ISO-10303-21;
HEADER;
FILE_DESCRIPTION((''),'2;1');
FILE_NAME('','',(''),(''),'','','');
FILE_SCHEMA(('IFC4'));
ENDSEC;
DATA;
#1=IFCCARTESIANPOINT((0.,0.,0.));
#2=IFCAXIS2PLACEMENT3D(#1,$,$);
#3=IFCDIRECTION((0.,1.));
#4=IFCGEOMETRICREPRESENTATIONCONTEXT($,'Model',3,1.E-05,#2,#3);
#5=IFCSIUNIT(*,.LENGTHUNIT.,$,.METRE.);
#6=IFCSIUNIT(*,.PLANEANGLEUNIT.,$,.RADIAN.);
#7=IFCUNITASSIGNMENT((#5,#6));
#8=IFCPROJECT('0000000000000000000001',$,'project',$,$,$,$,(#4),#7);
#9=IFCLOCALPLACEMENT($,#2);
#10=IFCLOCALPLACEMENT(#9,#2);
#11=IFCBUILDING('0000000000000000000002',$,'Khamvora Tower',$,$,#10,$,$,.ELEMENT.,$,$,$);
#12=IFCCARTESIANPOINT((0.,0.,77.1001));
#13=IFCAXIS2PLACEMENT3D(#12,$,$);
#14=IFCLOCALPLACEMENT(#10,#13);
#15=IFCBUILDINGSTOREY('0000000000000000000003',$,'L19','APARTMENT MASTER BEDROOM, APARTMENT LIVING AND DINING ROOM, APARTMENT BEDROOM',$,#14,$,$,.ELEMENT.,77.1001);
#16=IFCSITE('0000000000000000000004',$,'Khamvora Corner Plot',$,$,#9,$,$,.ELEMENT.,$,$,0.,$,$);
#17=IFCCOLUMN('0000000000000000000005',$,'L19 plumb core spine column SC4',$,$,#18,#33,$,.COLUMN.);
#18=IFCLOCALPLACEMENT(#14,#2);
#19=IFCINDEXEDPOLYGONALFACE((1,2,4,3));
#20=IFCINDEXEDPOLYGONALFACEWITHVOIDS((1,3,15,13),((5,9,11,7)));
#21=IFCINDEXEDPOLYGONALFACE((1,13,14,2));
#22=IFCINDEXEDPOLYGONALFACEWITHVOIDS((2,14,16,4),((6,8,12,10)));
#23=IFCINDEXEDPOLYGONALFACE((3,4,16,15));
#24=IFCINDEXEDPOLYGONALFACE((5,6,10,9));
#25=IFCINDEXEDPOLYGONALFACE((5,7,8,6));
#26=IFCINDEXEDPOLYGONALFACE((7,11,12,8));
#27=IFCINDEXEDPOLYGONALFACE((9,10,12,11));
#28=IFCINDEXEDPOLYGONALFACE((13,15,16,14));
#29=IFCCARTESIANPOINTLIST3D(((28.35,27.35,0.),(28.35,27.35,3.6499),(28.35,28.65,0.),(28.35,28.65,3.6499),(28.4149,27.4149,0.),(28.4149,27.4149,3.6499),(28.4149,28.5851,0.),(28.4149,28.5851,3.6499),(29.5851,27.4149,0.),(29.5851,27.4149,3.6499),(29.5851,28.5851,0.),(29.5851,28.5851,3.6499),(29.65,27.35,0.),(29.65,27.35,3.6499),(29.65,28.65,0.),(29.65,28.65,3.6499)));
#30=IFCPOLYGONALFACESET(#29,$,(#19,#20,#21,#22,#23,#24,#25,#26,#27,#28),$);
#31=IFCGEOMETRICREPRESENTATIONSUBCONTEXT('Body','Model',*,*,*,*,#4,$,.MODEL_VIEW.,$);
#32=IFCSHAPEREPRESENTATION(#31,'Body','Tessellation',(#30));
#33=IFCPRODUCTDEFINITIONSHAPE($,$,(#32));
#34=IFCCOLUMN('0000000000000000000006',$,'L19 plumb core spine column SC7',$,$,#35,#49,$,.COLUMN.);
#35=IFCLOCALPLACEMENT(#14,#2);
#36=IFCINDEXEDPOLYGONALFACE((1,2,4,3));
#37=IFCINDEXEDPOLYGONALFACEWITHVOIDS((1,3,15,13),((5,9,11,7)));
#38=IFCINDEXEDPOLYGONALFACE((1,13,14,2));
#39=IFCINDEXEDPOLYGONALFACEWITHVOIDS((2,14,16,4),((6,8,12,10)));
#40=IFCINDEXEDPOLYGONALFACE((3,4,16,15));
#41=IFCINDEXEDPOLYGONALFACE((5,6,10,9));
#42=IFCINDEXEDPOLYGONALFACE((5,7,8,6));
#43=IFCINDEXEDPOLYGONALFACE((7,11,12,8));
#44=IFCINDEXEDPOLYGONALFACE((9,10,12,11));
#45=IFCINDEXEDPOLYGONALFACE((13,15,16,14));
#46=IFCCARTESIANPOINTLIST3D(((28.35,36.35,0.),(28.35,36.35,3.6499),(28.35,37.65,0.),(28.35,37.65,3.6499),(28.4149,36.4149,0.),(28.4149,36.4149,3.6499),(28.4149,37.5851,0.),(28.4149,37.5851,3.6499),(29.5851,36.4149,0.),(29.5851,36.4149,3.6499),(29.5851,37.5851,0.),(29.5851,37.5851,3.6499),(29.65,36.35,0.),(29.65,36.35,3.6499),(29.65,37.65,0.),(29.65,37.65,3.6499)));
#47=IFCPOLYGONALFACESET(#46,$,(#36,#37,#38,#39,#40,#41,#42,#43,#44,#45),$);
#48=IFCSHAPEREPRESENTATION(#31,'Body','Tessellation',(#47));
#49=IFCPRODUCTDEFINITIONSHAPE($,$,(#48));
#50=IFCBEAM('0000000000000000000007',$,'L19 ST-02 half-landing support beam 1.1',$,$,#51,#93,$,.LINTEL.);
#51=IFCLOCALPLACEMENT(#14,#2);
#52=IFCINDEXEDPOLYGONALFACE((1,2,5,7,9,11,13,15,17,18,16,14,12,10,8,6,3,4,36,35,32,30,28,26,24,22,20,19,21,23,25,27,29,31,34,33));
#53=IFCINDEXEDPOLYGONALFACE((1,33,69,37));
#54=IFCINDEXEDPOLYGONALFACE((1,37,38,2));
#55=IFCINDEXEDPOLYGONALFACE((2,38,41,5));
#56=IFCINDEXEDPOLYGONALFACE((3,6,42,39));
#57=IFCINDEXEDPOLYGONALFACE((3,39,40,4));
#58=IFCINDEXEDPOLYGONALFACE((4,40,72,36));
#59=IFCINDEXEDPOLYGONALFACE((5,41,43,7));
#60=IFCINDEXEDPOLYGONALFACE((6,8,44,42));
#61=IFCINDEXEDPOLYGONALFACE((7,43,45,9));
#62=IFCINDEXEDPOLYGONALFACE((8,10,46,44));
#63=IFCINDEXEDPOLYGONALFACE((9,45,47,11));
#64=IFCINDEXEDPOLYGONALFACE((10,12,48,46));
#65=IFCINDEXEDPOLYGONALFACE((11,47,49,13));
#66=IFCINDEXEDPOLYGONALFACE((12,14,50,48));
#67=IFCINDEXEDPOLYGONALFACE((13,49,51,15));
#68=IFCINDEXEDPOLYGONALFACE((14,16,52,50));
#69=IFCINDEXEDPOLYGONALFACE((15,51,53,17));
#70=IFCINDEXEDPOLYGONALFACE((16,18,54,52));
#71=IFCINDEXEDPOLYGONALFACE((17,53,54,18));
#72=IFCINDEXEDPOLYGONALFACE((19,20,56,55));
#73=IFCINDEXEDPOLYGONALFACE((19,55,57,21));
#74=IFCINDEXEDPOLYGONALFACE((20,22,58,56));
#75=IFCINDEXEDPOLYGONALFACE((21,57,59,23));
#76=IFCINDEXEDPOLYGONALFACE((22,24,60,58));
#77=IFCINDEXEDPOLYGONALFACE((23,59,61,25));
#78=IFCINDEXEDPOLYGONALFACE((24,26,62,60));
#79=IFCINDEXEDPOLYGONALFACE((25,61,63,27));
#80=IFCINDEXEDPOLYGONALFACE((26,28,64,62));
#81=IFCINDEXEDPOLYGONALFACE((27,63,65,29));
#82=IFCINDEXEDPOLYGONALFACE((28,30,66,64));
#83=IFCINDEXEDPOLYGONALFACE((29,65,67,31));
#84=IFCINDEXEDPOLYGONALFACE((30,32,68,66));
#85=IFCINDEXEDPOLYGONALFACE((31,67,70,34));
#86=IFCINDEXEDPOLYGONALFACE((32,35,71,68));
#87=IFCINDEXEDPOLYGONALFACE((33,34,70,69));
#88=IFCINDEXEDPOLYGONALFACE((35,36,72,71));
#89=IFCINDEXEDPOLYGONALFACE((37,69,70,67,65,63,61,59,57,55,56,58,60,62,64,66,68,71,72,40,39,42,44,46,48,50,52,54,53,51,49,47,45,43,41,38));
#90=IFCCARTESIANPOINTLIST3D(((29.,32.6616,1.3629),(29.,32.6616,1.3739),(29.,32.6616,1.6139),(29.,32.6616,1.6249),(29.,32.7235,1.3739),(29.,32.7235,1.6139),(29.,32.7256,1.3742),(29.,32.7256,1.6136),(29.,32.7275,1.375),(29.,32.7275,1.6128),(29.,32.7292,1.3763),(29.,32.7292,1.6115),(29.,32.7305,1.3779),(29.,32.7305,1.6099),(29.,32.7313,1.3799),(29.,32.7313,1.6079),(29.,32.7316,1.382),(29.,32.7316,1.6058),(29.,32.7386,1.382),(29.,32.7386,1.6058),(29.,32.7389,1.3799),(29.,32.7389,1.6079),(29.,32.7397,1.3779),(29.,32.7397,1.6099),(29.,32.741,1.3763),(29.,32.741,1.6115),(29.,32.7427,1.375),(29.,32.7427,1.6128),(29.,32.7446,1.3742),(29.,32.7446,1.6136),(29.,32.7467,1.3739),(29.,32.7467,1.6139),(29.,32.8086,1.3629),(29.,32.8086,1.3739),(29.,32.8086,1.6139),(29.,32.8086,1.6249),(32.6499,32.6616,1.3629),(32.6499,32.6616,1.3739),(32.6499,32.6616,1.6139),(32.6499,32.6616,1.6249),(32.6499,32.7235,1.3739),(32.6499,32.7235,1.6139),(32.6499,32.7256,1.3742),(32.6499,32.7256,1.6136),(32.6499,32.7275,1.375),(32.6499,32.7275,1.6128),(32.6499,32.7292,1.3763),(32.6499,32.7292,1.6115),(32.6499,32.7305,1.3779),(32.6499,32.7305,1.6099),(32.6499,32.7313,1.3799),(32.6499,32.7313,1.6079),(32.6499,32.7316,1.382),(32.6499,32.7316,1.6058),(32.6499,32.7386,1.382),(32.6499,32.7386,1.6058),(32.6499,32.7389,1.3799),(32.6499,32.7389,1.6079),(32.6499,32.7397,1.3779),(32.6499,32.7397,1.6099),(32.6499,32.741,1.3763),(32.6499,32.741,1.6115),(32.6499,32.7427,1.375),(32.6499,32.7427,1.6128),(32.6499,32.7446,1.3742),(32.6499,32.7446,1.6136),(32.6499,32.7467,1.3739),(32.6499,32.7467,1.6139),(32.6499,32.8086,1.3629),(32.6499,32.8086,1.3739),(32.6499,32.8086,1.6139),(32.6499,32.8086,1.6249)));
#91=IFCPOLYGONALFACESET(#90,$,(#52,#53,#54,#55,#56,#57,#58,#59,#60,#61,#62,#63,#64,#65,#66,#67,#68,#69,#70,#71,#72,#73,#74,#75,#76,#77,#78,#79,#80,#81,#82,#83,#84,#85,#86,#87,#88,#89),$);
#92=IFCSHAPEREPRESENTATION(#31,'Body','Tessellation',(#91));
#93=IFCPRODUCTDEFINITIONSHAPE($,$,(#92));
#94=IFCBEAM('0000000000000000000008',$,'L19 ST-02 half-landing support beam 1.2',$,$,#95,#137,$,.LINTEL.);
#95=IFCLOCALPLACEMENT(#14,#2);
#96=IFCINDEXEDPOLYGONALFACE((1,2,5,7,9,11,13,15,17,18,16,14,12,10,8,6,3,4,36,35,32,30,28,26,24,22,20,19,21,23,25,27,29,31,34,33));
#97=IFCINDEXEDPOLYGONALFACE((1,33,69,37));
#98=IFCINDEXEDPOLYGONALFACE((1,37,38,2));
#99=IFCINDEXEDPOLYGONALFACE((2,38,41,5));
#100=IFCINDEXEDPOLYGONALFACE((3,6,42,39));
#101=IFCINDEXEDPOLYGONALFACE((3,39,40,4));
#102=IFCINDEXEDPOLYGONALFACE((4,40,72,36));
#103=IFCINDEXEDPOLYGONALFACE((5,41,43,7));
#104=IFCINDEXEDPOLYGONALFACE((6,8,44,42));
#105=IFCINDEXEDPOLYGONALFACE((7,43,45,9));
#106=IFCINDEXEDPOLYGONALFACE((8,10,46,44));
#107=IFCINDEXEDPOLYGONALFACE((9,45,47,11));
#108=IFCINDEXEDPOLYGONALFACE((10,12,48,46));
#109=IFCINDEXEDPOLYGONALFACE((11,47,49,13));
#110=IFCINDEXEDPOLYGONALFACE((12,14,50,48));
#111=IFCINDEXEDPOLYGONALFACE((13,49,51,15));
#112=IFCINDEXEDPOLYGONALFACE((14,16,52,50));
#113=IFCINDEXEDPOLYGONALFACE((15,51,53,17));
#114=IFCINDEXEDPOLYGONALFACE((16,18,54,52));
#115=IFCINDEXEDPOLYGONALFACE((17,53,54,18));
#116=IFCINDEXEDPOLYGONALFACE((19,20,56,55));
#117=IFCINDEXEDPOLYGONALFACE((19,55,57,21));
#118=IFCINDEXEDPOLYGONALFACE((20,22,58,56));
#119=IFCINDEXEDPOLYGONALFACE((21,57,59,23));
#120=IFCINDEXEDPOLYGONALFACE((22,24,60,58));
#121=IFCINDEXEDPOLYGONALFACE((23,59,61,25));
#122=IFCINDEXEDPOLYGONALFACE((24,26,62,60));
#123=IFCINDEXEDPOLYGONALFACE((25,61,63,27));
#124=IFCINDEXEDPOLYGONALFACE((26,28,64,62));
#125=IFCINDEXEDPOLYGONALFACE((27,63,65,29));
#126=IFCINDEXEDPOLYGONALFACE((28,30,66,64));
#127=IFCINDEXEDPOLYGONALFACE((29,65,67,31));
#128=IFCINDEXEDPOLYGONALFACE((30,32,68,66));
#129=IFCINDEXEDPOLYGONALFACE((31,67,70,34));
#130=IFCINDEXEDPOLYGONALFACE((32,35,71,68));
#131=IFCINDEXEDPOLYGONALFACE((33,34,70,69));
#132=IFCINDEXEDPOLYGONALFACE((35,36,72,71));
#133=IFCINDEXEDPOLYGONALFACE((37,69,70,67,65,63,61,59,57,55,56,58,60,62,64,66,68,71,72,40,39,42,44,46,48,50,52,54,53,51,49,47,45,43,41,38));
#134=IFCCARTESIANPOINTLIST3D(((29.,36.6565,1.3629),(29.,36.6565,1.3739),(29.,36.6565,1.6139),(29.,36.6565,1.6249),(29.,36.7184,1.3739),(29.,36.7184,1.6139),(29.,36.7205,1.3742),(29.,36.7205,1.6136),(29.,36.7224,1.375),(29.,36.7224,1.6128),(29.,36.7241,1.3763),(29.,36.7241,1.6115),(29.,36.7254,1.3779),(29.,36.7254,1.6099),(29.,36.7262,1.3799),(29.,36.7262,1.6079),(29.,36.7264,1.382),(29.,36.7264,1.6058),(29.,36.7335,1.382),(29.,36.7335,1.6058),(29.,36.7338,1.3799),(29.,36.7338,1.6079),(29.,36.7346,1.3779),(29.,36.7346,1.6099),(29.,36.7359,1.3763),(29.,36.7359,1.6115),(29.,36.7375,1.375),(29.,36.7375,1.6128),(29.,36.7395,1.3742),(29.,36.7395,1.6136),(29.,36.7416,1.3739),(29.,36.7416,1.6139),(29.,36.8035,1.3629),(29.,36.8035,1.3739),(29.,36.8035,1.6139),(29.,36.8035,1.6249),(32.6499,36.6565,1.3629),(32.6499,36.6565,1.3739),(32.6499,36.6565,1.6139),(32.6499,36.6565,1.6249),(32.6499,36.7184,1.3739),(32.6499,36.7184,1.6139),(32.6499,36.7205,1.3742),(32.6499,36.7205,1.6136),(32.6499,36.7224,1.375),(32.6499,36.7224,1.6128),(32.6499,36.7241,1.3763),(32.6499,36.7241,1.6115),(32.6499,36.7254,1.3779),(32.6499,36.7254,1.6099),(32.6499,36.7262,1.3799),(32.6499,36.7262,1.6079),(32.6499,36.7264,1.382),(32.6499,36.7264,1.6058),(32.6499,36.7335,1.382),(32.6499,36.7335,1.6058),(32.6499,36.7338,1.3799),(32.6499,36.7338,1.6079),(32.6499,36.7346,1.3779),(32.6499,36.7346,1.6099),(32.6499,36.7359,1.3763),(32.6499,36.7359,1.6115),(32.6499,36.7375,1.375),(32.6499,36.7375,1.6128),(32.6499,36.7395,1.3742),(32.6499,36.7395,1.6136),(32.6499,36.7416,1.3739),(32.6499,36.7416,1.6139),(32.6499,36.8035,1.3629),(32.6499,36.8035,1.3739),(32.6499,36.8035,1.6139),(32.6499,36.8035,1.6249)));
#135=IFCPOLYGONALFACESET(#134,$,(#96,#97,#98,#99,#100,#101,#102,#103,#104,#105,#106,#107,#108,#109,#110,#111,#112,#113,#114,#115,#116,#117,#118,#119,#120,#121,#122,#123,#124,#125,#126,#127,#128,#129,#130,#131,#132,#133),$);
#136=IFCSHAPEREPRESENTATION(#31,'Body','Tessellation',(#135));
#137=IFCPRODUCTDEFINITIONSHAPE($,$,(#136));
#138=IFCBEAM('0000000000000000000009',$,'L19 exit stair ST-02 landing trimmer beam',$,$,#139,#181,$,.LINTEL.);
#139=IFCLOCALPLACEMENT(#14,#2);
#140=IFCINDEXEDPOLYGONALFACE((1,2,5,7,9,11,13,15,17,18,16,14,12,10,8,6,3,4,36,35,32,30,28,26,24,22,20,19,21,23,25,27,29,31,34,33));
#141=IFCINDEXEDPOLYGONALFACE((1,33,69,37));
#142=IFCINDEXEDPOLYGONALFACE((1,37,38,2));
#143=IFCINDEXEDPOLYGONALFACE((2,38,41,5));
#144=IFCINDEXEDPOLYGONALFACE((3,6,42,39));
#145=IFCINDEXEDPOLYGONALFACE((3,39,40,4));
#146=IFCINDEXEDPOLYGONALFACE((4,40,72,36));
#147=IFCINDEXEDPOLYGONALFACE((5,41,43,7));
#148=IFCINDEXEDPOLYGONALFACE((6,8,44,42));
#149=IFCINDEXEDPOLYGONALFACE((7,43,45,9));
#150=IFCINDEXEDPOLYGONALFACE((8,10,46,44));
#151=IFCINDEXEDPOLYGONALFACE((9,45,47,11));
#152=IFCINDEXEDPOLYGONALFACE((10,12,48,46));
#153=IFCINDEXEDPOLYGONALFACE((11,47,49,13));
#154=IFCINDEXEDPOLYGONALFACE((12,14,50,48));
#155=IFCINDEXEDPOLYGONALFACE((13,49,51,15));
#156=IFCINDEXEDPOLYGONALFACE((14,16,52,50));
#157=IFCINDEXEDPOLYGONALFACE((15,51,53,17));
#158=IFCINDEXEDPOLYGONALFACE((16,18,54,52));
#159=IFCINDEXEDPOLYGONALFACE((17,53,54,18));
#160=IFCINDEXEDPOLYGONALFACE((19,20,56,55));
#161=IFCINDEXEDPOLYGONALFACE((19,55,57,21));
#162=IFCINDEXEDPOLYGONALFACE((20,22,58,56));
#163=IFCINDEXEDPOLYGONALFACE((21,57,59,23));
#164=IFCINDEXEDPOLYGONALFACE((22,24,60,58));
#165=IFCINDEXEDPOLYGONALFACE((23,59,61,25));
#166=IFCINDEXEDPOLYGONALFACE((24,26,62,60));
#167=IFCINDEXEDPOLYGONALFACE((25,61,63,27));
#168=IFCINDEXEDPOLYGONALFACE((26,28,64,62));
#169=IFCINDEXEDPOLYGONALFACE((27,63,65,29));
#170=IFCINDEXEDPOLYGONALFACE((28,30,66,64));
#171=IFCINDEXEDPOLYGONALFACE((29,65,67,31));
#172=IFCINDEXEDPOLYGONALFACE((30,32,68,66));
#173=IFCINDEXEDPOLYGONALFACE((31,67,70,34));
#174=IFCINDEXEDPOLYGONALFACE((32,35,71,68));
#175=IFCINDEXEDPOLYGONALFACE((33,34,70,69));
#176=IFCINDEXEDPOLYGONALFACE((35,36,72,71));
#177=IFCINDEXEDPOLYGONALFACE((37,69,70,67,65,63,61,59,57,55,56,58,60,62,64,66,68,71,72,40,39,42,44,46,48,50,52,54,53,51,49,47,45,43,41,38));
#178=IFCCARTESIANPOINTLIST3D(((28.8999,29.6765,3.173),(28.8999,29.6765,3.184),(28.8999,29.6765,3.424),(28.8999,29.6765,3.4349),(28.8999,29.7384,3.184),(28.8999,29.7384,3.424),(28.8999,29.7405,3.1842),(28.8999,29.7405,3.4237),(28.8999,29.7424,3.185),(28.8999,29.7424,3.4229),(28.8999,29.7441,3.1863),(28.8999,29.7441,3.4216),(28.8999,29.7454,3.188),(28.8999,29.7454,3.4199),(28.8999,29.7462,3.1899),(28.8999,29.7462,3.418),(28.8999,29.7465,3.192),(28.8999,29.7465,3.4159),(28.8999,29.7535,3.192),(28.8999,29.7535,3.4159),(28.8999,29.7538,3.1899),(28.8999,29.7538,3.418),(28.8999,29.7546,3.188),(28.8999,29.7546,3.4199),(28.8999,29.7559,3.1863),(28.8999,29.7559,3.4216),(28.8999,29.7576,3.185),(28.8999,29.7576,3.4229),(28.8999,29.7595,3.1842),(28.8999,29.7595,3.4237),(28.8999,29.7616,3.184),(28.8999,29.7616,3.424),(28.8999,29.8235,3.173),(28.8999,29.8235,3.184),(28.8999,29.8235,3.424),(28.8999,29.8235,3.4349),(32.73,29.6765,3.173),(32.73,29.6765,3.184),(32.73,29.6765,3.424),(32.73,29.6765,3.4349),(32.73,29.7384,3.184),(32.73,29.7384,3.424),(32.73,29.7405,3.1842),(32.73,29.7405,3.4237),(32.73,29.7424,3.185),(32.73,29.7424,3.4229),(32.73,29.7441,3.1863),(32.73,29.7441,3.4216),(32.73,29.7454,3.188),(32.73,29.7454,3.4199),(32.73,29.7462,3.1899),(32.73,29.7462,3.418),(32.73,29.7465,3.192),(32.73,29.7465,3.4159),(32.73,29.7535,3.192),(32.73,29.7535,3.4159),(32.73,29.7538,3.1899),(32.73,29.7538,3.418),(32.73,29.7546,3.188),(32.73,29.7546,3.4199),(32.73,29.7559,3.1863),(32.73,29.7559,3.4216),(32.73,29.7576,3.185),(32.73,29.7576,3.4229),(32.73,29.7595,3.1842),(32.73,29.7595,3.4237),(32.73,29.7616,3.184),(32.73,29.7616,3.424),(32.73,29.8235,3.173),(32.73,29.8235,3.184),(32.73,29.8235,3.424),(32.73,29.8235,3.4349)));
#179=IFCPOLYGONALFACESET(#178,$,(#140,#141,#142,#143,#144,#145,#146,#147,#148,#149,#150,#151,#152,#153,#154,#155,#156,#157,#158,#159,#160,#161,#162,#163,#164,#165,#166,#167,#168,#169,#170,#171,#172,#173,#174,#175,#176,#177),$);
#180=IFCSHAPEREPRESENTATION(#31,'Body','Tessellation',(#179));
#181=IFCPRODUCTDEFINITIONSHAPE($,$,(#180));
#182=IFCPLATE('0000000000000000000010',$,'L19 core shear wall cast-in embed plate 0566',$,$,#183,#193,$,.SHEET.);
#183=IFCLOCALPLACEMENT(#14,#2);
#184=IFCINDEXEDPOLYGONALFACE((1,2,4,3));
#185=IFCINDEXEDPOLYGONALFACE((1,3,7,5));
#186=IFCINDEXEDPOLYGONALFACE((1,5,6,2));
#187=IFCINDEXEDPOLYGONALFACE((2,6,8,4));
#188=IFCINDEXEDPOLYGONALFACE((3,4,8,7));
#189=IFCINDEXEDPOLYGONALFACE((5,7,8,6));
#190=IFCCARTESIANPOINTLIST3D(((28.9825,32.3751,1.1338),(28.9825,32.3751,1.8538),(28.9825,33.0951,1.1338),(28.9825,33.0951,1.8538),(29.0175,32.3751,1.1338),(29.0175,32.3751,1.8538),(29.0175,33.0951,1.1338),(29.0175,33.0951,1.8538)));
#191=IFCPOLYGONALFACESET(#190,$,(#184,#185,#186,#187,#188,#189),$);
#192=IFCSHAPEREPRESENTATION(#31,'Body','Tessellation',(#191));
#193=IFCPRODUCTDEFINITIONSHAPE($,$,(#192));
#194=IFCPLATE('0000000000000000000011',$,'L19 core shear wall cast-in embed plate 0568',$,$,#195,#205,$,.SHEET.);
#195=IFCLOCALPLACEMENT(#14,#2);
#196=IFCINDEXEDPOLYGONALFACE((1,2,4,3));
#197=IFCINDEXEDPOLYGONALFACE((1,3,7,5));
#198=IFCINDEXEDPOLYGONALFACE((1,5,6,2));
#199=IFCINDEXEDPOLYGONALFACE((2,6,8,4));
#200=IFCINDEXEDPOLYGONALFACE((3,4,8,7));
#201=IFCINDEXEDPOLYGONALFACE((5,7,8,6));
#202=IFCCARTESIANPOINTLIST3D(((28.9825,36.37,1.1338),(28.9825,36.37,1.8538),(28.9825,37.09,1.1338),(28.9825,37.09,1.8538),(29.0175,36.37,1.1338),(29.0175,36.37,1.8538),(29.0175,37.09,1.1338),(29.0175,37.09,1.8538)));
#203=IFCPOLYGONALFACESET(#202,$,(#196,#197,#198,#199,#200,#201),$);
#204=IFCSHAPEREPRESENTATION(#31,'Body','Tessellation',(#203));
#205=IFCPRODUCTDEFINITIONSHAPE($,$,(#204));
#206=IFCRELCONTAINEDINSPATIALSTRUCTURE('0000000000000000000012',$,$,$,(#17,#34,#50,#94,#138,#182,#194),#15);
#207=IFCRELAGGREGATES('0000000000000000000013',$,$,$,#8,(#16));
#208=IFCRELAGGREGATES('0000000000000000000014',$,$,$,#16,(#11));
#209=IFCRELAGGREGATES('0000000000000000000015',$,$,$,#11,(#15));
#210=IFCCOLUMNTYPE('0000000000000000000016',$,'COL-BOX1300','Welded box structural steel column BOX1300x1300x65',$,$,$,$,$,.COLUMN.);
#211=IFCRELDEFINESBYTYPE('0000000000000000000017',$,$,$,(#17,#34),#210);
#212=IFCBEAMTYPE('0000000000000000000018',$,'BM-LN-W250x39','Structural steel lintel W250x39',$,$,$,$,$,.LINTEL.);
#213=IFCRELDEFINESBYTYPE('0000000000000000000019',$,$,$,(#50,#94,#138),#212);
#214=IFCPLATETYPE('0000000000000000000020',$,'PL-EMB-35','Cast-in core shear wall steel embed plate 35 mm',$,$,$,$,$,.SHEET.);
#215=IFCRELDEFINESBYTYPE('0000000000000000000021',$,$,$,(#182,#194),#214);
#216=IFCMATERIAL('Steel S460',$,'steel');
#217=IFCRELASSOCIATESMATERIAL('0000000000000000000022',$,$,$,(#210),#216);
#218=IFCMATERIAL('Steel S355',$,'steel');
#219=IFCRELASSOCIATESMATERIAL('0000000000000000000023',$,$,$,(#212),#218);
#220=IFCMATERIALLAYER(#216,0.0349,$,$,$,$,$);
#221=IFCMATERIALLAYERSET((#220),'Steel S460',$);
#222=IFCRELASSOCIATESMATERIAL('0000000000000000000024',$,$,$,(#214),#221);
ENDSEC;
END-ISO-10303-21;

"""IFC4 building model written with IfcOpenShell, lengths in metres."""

from ifc_helpers import new_model, si_unit, direction, frame, origin, origin_2d, place, context, subcontext, project, spatial, rectangle, hollow_rectangle, i_section, extrude, material, layer, layer_set, material_profile, profile_set, type_object, element, save


model = new_model("IFC4")

# Units and contexts
model_context = context("Model", 3, precision=1e-05, world=origin(), true_north=direction((0.0, 1.0)))
body_context = subcontext(model_context, "Body", "Model", "MODEL_VIEW")
ifc_project = project(units=[si_unit("LENGTHUNIT", "METRE"), si_unit("PLANEANGLEUNIT", "RADIAN")], contexts=[model_context])

# Site, building, storey
site_placement = place(None, origin())
site = spatial("IfcSite", under=ifc_project, at=site_placement, Name="Khamvora Corner Plot", CompositionType="ELEMENT", RefElevation=0.0)
building_placement = place(site_placement, origin())
building = spatial("IfcBuilding", under=site, at=building_placement, Name="Khamvora Tower", CompositionType="ELEMENT")
storey_placement = place(building_placement, frame((0.0, 0.0, 77.1001)))
storey = spatial("IfcBuildingStorey", under=building, at=storey_placement, Name="L19", Description="APARTMENT MASTER BEDROOM, APARTMENT LIVING AND DINING ROOM, APARTMENT BEDROOM", CompositionType="ELEMENT", Elevation=77.1001)

# Columns
ifc_material_1 = material(Name="Steel S460", Category="steel")
ifc_material_profile_1 = material_profile(ifc_material_1, hollow_rectangle(XDim=1.3, YDim=1.3, WallThickness=0.0649, at=origin_2d()), Name="BOX1300x1300x65")
ifc_profile_set_1 = profile_set([ifc_material_profile_1], Name="Steel S460")
column_type = type_object("IfcColumnType", Name="COL-BOX1300", Description="Welded box structural steel column BOX1300x1300x65", PredefinedType="COLUMN", material=ifc_profile_set_1)
for number, where, z_axis, x_axis, name in (
    (1, (29.0, 28.0, 0.0), (0.0, 0.0, 1.0), (1.0, 0.0, 0.0), "L19 plumb core spine column SC4"),
    (2, (29.0, 37.0, 0.0), (0.0, 0.0, 1.0), (1.0, 0.0, 0.0), "L19 plumb core spine column SC7"),
):
    element("IfcColumn", number, at=place(storey_placement, frame(where, z_axis=z_axis, x_axis=x_axis)), inside=storey, type_object=column_type, Name=name, PredefinedType="COLUMN", context=body_context, shape_type="SweptSolid", body=[
        extrude(hollow_rectangle(XDim=1.3, YDim=1.3, WallThickness=0.0649, at=origin_2d()), origin(), (0.0, 0.0, 1.0), 3.6499),
    ])

# Beams
ifc_material_2 = material(Name="Steel S355", Category="steel")
ifc_material_profile_2 = material_profile(ifc_material_2, i_section(OverallWidth=0.147, OverallDepth=0.262, WebThickness=0.0071, FlangeThickness=0.011, FilletRadius=0.0081, at=origin_2d()), Name="W250x39")
ifc_profile_set_2 = profile_set([ifc_material_profile_2], Name="Steel S355")
beam_type = type_object("IfcBeamType", Name="BM-LN-W250x39", Description="Structural steel lintel W250x39", PredefinedType="LINTEL", material=ifc_profile_set_2)
for number, where, z_axis, x_axis, name in (
    (3, (29.0, 32.7351, 1.4939), (1.0, 0.0, 0.0), (0.0, 1.0, 0.0), "L19 ST-02 half-landing support beam 1.1"),
    (4, (29.0, 36.73, 1.4939), (1.0, 0.0, 0.0), (0.0, 1.0, 0.0), "L19 ST-02 half-landing support beam 1.2"),
):
    element("IfcBeam", number, at=place(storey_placement, frame(where, z_axis=z_axis, x_axis=x_axis)), inside=storey, type_object=beam_type, Name=name, PredefinedType="LINTEL", context=body_context, shape_type="SweptSolid", body=[
        extrude(i_section(OverallWidth=0.147, OverallDepth=0.262, WebThickness=0.0071, FlangeThickness=0.011, FilletRadius=0.0081, at=origin_2d()), origin(), (0.0, 0.0, 1.0), 3.6499),
    ])
beam_placement = place(storey_placement, frame((28.8999, 29.75, 3.304), z_axis=(1.0, 0.0, 0.0), x_axis=(0.0, 1.0, 0.0)))
element("IfcBeam", 5, at=beam_placement, inside=storey, type_object=beam_type, Name="L19 exit stair ST-02 landing trimmer beam", PredefinedType="LINTEL", context=body_context, shape_type="SweptSolid", body=[
    extrude(i_section(OverallWidth=0.147, OverallDepth=0.262, WebThickness=0.0071, FlangeThickness=0.011, FilletRadius=0.0081, at=origin_2d()), origin(), (0.0, 0.0, 1.0), 3.8301),
])

# Plates
ifc_layer_1 = layer(ifc_material_1, 0.0349)
ifc_layer_set_1 = layer_set([ifc_layer_1], Name="Steel S460")
plate_type = type_object("IfcPlateType", Name="PL-EMB-35", Description="Cast-in core shear wall steel embed plate 35 mm", PredefinedType="SHEET", material=ifc_layer_set_1)
for number, where, z_axis, x_axis, name in (
    (6, (29.0, 32.7351, 1.1338), (0.0, 0.0, 1.0), (1.0, 0.0, 0.0), "L19 core shear wall cast-in embed plate 0566"),
    (7, (29.0, 36.73, 1.1338), (0.0, 0.0, 1.0), (1.0, 0.0, 0.0), "L19 core shear wall cast-in embed plate 0568"),
):
    element("IfcPlate", number, at=place(storey_placement, frame(where, z_axis=z_axis, x_axis=x_axis)), inside=storey, type_object=plate_type, Name=name, PredefinedType="SHEET", context=body_context, shape_type="SweptSolid", body=[
        extrude(rectangle(XDim=0.0349, YDim=0.72, at=origin_2d()), origin(), (0.0, 0.0, 1.0), 0.72),
    ])

save(model, "model.ifc")
